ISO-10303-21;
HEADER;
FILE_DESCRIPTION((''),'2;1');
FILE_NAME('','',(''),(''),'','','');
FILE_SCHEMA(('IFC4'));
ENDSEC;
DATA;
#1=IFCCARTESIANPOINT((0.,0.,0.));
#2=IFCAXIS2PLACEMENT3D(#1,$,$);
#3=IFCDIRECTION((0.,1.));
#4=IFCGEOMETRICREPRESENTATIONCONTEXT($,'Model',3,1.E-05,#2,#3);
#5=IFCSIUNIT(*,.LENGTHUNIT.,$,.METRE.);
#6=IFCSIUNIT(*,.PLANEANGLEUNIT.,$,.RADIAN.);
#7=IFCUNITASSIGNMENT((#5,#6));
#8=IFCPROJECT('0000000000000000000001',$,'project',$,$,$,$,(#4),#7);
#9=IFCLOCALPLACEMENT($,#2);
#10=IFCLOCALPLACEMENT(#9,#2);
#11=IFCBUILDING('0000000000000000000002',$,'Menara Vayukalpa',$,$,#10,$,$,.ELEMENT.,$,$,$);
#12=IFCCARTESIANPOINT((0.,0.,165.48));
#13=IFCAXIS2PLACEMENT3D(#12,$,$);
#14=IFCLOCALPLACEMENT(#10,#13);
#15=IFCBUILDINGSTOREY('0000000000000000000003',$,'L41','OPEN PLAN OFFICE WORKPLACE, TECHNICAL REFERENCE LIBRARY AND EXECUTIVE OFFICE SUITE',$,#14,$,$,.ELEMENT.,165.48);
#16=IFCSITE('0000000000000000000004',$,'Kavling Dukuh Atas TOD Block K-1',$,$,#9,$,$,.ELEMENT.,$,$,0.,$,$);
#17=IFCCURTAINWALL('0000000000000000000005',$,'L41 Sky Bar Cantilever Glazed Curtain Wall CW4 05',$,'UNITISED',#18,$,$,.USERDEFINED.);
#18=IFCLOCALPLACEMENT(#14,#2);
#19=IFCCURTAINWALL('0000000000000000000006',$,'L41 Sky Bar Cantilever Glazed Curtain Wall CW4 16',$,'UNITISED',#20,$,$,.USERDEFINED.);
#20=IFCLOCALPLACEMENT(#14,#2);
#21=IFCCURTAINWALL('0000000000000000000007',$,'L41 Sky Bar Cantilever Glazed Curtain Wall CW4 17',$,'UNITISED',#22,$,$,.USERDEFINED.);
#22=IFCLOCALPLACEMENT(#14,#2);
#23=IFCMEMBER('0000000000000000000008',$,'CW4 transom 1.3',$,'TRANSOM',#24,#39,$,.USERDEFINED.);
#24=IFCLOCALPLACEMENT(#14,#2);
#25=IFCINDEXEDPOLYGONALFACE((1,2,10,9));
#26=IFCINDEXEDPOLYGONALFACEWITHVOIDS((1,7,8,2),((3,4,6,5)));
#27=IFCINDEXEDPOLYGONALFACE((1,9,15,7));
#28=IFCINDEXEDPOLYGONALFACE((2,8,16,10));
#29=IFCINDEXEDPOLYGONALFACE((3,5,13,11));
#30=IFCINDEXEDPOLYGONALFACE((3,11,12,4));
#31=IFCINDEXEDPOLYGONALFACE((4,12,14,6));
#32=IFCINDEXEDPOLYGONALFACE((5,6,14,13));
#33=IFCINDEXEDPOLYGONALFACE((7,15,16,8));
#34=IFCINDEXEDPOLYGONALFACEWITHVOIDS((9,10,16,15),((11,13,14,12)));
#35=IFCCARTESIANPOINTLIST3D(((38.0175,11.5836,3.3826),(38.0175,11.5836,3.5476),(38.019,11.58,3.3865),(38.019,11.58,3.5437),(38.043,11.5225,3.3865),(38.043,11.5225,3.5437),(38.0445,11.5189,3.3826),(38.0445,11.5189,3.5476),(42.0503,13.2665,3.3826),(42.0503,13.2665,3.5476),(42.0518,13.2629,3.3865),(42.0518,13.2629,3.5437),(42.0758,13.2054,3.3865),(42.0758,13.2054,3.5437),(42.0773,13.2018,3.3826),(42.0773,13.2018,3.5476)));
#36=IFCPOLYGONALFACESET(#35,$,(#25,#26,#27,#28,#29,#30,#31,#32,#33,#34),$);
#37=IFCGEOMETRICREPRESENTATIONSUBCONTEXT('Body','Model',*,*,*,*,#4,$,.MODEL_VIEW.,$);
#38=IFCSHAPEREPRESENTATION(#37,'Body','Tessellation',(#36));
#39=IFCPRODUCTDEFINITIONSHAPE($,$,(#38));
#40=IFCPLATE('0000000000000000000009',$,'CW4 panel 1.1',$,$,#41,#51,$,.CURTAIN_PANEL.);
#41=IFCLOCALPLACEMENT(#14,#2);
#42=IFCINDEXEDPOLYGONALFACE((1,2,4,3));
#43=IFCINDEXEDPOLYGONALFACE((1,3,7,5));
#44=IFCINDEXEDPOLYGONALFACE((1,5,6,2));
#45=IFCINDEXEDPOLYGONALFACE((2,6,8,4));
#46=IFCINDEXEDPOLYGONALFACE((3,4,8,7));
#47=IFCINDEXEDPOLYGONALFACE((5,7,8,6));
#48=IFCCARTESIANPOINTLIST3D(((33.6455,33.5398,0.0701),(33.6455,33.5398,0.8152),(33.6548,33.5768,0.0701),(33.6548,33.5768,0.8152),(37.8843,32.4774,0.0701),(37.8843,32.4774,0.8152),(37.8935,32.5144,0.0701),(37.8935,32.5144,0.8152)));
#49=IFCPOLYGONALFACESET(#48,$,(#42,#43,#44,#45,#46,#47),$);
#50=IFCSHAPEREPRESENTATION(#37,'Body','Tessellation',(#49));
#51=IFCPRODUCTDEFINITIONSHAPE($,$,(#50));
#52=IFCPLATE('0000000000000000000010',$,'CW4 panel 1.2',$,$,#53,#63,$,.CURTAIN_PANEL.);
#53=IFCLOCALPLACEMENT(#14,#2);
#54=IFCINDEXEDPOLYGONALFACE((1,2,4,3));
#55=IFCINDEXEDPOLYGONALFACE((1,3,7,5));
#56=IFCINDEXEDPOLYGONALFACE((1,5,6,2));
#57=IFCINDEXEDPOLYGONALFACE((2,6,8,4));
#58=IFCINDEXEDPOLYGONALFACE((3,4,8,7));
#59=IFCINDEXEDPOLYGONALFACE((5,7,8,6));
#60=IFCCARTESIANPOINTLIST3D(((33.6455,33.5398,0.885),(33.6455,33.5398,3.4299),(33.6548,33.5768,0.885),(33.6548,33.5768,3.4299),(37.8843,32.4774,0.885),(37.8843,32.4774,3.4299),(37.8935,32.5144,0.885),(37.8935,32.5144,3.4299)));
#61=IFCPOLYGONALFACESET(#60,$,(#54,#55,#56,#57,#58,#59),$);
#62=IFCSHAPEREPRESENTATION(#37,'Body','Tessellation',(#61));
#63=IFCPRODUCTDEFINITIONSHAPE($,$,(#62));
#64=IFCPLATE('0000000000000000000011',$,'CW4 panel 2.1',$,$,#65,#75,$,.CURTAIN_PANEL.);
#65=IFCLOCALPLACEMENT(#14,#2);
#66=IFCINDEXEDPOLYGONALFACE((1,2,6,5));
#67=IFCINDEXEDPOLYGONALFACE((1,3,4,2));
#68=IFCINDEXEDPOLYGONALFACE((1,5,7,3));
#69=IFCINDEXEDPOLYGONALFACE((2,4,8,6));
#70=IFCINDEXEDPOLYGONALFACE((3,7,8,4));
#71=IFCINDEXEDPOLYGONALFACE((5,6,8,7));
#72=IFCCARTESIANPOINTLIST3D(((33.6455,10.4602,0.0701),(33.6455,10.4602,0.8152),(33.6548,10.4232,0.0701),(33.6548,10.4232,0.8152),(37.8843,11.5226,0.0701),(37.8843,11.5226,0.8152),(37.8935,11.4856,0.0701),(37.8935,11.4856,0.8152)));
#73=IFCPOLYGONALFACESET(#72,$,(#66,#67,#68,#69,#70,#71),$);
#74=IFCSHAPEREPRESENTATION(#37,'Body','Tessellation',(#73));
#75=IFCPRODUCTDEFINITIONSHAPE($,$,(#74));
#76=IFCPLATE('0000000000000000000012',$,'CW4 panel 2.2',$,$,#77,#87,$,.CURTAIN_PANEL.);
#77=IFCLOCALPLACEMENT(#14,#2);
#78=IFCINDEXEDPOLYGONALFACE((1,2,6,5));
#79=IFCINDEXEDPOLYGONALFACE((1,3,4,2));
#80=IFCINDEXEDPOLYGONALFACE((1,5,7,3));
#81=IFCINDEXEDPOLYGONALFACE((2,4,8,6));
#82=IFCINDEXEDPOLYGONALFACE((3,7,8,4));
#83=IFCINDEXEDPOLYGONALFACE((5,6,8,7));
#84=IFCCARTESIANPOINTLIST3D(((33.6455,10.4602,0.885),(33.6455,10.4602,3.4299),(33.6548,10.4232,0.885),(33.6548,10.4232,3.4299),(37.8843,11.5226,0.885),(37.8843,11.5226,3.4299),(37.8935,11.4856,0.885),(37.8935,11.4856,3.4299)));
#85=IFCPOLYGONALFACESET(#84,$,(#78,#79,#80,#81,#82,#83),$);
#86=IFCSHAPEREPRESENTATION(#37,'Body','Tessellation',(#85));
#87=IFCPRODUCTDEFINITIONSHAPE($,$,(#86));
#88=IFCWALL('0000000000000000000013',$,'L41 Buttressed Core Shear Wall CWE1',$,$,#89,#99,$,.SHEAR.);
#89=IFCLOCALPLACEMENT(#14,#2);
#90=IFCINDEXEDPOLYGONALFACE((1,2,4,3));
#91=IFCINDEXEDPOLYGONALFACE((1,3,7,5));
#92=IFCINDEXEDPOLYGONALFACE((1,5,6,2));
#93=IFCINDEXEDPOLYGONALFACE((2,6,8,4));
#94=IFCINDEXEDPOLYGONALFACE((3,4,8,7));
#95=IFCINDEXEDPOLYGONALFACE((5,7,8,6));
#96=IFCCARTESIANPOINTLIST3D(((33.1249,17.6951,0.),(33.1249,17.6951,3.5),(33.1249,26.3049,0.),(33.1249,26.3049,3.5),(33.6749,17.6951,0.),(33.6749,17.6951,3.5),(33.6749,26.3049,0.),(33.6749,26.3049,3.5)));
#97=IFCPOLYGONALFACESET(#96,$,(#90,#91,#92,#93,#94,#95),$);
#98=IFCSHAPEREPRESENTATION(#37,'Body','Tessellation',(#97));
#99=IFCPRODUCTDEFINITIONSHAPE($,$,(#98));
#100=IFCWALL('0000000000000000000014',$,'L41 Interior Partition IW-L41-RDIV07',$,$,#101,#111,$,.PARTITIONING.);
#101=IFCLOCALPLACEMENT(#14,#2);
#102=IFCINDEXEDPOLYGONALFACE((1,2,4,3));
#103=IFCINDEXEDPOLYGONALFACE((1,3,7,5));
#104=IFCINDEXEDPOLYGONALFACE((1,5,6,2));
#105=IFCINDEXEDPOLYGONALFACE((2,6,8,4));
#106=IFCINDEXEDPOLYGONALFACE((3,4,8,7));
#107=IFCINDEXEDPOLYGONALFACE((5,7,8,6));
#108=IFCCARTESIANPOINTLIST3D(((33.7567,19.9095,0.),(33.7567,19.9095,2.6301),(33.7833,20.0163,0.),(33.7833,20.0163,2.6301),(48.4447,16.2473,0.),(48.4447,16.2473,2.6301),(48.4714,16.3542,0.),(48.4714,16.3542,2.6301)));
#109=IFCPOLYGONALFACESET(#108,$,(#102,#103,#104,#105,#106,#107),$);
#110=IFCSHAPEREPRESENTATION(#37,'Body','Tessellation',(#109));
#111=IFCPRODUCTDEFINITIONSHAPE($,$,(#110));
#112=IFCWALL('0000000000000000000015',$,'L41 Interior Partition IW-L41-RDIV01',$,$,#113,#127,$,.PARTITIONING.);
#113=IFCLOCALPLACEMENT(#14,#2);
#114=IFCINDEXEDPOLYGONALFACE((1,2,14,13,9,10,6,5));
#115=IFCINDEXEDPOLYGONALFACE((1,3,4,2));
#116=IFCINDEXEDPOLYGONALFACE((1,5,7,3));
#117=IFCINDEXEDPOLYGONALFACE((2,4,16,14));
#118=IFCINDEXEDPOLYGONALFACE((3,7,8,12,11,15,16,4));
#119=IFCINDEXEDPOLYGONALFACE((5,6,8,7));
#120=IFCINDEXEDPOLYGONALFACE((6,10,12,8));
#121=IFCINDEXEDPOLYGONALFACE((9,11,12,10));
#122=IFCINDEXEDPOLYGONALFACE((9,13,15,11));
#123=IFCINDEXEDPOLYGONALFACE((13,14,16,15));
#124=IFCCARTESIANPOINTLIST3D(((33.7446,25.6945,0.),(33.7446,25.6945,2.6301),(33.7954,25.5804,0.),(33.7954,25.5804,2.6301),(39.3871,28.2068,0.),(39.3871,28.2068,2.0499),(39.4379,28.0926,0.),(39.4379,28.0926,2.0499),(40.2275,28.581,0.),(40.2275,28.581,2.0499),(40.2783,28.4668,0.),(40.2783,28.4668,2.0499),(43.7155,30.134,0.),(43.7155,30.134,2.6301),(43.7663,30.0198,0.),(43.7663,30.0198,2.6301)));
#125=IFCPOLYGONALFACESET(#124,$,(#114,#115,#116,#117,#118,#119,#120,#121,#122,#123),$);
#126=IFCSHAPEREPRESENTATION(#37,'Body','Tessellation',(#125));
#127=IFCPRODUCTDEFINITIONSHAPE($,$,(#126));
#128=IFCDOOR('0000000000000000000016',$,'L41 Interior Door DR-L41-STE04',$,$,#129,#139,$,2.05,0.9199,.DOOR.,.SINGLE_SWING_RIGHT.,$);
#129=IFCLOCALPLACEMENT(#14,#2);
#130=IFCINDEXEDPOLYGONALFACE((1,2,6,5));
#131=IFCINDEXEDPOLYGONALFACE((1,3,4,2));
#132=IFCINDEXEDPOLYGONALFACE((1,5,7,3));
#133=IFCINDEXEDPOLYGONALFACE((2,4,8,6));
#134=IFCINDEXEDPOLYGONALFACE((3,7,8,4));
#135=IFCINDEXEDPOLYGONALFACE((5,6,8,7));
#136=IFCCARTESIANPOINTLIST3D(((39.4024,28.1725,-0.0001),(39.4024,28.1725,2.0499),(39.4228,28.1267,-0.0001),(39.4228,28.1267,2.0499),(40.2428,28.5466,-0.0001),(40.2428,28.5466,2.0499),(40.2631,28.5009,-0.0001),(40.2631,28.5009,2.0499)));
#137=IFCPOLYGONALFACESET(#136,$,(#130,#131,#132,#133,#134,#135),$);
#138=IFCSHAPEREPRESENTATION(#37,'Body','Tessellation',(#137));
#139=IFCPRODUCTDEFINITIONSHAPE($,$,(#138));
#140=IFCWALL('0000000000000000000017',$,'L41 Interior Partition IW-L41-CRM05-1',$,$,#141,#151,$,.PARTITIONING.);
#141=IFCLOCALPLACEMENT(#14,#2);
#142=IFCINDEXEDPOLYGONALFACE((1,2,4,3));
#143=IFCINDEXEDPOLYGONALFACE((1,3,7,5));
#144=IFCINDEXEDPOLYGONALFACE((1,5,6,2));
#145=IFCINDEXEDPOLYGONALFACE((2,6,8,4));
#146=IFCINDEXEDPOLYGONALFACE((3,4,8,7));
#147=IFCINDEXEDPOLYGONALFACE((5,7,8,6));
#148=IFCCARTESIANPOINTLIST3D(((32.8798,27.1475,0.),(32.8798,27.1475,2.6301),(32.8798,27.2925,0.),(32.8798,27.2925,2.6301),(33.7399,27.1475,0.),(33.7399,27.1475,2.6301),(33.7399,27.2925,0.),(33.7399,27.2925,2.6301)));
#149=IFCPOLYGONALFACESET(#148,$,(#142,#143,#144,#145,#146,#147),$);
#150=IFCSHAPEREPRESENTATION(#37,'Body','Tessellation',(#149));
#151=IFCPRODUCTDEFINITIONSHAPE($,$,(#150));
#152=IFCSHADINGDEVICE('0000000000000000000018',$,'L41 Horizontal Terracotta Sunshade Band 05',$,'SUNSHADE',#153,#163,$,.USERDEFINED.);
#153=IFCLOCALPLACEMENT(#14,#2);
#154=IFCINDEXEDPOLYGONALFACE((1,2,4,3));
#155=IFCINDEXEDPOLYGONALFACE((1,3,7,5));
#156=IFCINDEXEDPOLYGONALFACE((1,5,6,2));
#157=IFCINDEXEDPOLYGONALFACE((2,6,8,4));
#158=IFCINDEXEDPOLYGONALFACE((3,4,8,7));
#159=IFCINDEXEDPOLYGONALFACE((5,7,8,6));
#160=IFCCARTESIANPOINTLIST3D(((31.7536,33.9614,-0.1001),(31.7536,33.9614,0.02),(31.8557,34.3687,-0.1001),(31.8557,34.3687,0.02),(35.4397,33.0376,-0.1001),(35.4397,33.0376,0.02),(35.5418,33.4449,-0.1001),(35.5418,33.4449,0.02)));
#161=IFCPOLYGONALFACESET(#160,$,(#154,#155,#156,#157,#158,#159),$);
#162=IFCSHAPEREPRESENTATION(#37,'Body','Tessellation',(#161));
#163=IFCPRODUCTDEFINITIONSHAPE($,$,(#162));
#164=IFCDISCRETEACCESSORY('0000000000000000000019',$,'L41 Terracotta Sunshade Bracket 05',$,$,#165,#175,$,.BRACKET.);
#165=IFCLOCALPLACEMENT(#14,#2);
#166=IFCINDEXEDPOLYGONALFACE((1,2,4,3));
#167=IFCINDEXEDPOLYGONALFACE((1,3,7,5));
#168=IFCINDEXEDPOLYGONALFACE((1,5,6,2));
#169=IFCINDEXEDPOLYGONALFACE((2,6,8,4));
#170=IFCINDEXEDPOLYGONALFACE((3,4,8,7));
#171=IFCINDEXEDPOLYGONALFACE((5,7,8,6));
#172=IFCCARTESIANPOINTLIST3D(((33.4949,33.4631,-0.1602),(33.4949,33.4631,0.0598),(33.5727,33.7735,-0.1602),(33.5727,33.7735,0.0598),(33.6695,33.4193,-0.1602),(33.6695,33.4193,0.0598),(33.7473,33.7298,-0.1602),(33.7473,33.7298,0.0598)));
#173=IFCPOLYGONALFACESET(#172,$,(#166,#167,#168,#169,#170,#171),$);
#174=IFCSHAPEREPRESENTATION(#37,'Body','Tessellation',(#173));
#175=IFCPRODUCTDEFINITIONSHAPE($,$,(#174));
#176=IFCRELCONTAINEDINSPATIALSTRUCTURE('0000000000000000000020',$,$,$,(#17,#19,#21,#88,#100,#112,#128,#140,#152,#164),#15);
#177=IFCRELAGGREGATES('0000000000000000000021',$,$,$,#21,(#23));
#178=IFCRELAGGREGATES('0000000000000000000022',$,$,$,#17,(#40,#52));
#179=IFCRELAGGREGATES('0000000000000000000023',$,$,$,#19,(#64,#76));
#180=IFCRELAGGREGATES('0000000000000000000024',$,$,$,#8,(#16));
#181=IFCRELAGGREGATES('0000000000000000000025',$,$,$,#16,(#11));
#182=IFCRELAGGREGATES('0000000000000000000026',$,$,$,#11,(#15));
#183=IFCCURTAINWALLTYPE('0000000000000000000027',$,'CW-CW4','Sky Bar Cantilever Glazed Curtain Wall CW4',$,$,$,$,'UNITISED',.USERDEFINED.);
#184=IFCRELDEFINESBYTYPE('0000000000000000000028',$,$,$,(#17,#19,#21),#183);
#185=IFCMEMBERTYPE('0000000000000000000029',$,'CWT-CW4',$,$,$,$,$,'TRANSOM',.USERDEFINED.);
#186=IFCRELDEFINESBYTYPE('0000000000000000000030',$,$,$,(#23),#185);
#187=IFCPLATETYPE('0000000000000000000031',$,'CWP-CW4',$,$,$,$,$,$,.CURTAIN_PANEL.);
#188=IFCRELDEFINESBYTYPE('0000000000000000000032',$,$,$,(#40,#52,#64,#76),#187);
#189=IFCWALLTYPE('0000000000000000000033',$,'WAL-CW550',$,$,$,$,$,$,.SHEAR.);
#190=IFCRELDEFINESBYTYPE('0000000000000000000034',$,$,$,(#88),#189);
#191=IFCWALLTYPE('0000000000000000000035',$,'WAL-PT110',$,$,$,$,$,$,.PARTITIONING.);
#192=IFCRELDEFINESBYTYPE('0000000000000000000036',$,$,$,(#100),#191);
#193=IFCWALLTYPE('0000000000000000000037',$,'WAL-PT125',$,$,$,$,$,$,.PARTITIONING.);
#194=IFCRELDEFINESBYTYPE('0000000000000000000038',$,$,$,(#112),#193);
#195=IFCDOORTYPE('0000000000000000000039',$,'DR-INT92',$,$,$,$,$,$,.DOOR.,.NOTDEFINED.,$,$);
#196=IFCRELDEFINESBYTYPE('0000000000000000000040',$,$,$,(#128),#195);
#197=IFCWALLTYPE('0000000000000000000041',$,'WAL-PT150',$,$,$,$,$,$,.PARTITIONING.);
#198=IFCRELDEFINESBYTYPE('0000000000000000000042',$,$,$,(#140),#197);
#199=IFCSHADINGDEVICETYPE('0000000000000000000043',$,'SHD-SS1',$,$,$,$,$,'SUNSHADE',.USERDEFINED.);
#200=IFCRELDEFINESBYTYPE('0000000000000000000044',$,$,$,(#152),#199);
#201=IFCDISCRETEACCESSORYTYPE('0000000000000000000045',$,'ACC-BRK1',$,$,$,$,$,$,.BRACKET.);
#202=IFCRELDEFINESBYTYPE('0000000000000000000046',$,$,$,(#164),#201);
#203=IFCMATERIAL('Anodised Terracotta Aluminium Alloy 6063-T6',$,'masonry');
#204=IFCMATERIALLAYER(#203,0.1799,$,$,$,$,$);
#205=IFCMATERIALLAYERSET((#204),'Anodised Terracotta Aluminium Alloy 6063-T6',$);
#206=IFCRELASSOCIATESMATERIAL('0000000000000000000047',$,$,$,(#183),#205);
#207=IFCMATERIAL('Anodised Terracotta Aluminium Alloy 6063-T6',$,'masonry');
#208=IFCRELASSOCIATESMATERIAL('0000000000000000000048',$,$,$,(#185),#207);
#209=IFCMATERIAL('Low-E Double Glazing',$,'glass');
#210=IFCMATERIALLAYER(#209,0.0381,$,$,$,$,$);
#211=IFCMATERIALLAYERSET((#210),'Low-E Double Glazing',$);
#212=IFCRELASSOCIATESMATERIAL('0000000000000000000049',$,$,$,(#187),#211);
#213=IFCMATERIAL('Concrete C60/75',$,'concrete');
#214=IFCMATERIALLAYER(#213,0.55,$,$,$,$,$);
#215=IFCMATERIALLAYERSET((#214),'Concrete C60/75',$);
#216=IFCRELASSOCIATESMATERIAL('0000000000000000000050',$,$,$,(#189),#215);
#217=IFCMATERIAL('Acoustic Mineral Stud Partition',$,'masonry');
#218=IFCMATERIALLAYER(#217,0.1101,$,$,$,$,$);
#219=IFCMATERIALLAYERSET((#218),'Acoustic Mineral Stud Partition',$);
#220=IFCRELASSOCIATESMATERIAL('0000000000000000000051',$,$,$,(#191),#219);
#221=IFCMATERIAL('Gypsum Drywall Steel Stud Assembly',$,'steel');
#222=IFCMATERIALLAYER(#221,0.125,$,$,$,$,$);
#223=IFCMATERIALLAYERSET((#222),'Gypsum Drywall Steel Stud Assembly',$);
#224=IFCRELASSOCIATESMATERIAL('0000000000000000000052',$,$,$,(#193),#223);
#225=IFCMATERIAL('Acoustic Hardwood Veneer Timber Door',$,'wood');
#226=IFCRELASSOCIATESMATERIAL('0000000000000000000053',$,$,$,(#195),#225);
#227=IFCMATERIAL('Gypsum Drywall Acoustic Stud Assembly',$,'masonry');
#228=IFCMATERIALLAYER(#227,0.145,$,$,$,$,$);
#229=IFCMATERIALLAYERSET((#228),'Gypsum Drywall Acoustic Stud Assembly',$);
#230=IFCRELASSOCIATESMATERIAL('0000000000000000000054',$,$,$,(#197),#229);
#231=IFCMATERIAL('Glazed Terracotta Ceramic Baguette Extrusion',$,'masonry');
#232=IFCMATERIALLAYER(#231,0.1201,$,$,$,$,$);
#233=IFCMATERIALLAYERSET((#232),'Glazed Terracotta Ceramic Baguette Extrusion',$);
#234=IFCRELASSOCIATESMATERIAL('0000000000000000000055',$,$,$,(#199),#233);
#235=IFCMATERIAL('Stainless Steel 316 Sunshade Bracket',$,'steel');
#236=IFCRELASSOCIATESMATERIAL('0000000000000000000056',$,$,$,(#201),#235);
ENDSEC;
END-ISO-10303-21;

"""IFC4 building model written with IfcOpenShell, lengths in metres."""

from ifc_helpers import new_model, si_unit, direction, frame, frame_2d, origin, origin_2d, place, context, subcontext, project, spatial, rectangle, hollow_rectangle, extrude, material, layer, layer_set, material_profile, profile_set, type_object, element, fill, aggregate, save


model = new_model("IFC4")

# Units and contexts
model_context = context("Model", 3, precision=1e-05, world=origin(), true_north=direction((0.0, 1.0)))
body_context = subcontext(model_context, "Body", "Model", "MODEL_VIEW")
ifc_project = project(units=[si_unit("LENGTHUNIT", "METRE"), si_unit("PLANEANGLEUNIT", "RADIAN")], contexts=[model_context])

# Site, building, storey
site_placement = place(None, origin())
site = spatial("IfcSite", under=ifc_project, at=site_placement, Name="Kavling Dukuh Atas TOD Block K-1", CompositionType="ELEMENT", RefElevation=0.0)
building_placement = place(site_placement, origin())
building = spatial("IfcBuilding", under=site, at=building_placement, Name="Menara Vayukalpa", CompositionType="ELEMENT")
storey_placement = place(building_placement, frame((0.0, 0.0, 165.48)))
storey = spatial("IfcBuildingStorey", under=building, at=storey_placement, Name="L41", Description="OPEN PLAN OFFICE WORKPLACE, TECHNICAL REFERENCE LIBRARY AND EXECUTIVE OFFICE SUITE", CompositionType="ELEMENT", Elevation=165.48)

# Shared definitions
ifc_material_1 = material(Name="Anodised Terracotta Aluminium Alloy 6063-T6", Category="masonry")
ifc_layer_1 = layer(ifc_material_1, 0.1799)
ifc_layer_set_1 = layer_set([ifc_layer_1], Name="Anodised Terracotta Aluminium Alloy 6063-T6")
curtain_wall_type = type_object("IfcCurtainWallType", Name="CW-CW4", Description="Sky Bar Cantilever Glazed Curtain Wall CW4", ElementType="UNITISED", PredefinedType="USERDEFINED", material=ifc_layer_set_1)

# Curtain walls
curtain_wall_1_placement = place(storey_placement, origin())
curtain_wall_1 = element("IfcCurtainWall", 1, at=curtain_wall_1_placement, inside=storey, type_object=curtain_wall_type, Name="L41 Sky Bar Cantilever Glazed Curtain Wall CW4 05", ObjectType="UNITISED", PredefinedType="USERDEFINED")
curtain_wall_2_placement = place(storey_placement, origin())
curtain_wall_2 = element("IfcCurtainWall", 2, at=curtain_wall_2_placement, inside=storey, type_object=curtain_wall_type, Name="L41 Sky Bar Cantilever Glazed Curtain Wall CW4 16", ObjectType="UNITISED", PredefinedType="USERDEFINED")

# Curtain wall
curtain_wall_3_placement = place(storey_placement, origin())
curtain_wall_3 = element("IfcCurtainWall", 3, at=curtain_wall_3_placement, inside=storey, type_object=curtain_wall_type, Name="L41 Sky Bar Cantilever Glazed Curtain Wall CW4 17", ObjectType="UNITISED", PredefinedType="USERDEFINED")

# Member
ifc_material_2 = material(Name="Anodised Terracotta Aluminium Alloy 6063-T6", Category="masonry")
ifc_material_profile_1 = material_profile(ifc_material_2, hollow_rectangle(XDim=0.0701, YDim=0.165, WallThickness=0.0039, at=origin_2d()), Name="ALU 70x165x4")
ifc_profile_set_1 = profile_set([ifc_material_profile_1], Name="Anodised Terracotta Aluminium Alloy 6063-T6")
member_type_1 = type_object("IfcMemberType", Name="CWT-CW4", ElementType="TRANSOM", PredefinedType="USERDEFINED", material=ifc_profile_set_1)
member_1_placement = place(storey_placement, frame((38.031, 11.5513, 3.4651), z_axis=(0.922869, 0.385115, 0.0), x_axis=(-0.385115, 0.922869, 0.0)))
member_1 = element("IfcMember", 4, at=member_1_placement, type_object=member_type_1, Name="CW4 transom 1.3", ObjectType="TRANSOM", PredefinedType="USERDEFINED", context=body_context, shape_type="SweptSolid", body=[
    extrude(hollow_rectangle(XDim=0.0701, YDim=0.165, WallThickness=0.0039, at=origin_2d()), origin(), (0.0, 0.0, 1.0), 4.3699),
])
aggregate(curtain_wall_3, [member_1])

# Plates
ifc_material_3 = material(Name="Low-E Double Glazing", Category="glass")
ifc_layer_2 = layer(ifc_material_3, 0.0381)
ifc_layer_set_2 = layer_set([ifc_layer_2], Name="Low-E Double Glazing")
plate_type = type_object("IfcPlateType", Name="CWP-CW4", PredefinedType="CURTAIN_PANEL", material=ifc_layer_set_2)
plate_1_placement = place(storey_placement, frame((35.7695, 33.0271, 0.0701), z_axis=(0.0, 0.0, 1.0), x_axis=(-0.969998, 0.243113, 0.0)))
plate_1 = element("IfcPlate", 5, at=plate_1_placement, type_object=plate_type, Name="CW4 panel 1.1", PredefinedType="CURTAIN_PANEL", context=body_context, shape_type="SweptSolid", body=[
    extrude(rectangle(XDim=4.3699, YDim=0.0381, at=origin_2d()), origin(), (0.0, 0.0, 1.0), 0.7451),
])
plate_2_placement = place(storey_placement, frame((35.7695, 33.0271, 0.885), z_axis=(0.0, 0.0, 1.0), x_axis=(-0.969998, 0.243113, 0.0)))
plate_2 = element("IfcPlate", 6, at=plate_2_placement, type_object=plate_type, Name="CW4 panel 1.2", PredefinedType="CURTAIN_PANEL", context=body_context, shape_type="SweptSolid", body=[
    extrude(rectangle(XDim=4.3699, YDim=0.0381, at=origin_2d()), origin(), (0.0, 0.0, 1.0), 2.5449),
])
aggregate(curtain_wall_1, [plate_1, plate_2])
plate_3_placement = place(storey_placement, frame((35.7695, 10.9729, 0.0701), z_axis=(0.0, 0.0, 1.0), x_axis=(0.969998, 0.243113, 0.0)))
plate_3 = element("IfcPlate", 7, at=plate_3_placement, type_object=plate_type, Name="CW4 panel 2.1", PredefinedType="CURTAIN_PANEL", context=body_context, shape_type="SweptSolid", body=[
    extrude(rectangle(XDim=4.3699, YDim=0.0381, at=origin_2d()), origin(), (0.0, 0.0, 1.0), 0.7451),
])
plate_4_placement = place(storey_placement, frame((35.7695, 10.9729, 0.885), z_axis=(0.0, 0.0, 1.0), x_axis=(0.969998, 0.243113, 0.0)))
plate_4 = element("IfcPlate", 8, at=plate_4_placement, type_object=plate_type, Name="CW4 panel 2.2", PredefinedType="CURTAIN_PANEL", context=body_context, shape_type="SweptSolid", body=[
    extrude(rectangle(XDim=4.3699, YDim=0.0381, at=origin_2d()), origin(), (0.0, 0.0, 1.0), 2.5449),
])
aggregate(curtain_wall_2, [plate_3, plate_4])

# Walls
ifc_material_4 = material(Name="Concrete C60/75", Category="concrete")
ifc_layer_3 = layer(ifc_material_4, 0.55)
ifc_layer_set_3 = layer_set([ifc_layer_3], Name="Concrete C60/75")
wall_type_1 = type_object("IfcWallType", Name="WAL-CW550", PredefinedType="SHEAR", material=ifc_layer_set_3)
wall_1_placement = place(storey_placement, frame((33.3999, 17.6951, 0.0), z_axis=(0.0, 0.0, 1.0), x_axis=(0.0, 1.0, 0.0)))
element("IfcWall", 9, at=wall_1_placement, inside=storey, type_object=wall_type_1, Name="L41 Buttressed Core Shear Wall CWE1", PredefinedType="SHEAR", context=body_context, shape_type="SweptSolid", body=[
    extrude(rectangle(XDim=8.6099, YDim=0.55, at=frame_2d((4.3049, 0.0))), origin(), (0.0, 0.0, 1.0), 3.5),
])
ifc_material_5 = material(Name="Acoustic Mineral Stud Partition", Category="masonry")
ifc_layer_4 = layer(ifc_material_5, 0.1101)
ifc_layer_set_4 = layer_set([ifc_layer_4], Name="Acoustic Mineral Stud Partition")
wall_type_2 = type_object("IfcWallType", Name="WAL-PT110", PredefinedType="PARTITIONING", material=ifc_layer_set_4)
wall_2_placement = place(storey_placement, frame((33.77, 19.9629, 0.0), z_axis=(0.0, 0.0, 1.0), x_axis=(0.970296, -0.241921, 0.0)))
element("IfcWall", 10, at=wall_2_placement, inside=storey, type_object=wall_type_2, Name="L41 Interior Partition IW-L41-RDIV07", PredefinedType="PARTITIONING", context=body_context, shape_type="SweptSolid", body=[
    extrude(rectangle(XDim=15.1377, YDim=0.1101, at=frame_2d((7.5688, 0.0))), origin(), (0.0, 0.0, 1.0), 2.6301),
])

# Wall, opening, door
ifc_material_6 = material(Name="Gypsum Drywall Steel Stud Assembly", Category="steel")
ifc_layer_5 = layer(ifc_material_6, 0.125)
ifc_layer_set_5 = layer_set([ifc_layer_5], Name="Gypsum Drywall Steel Stud Assembly")
wall_type_3 = type_object("IfcWallType", Name="WAL-PT125", PredefinedType="PARTITIONING", material=ifc_layer_set_5)
wall_3_placement = place(storey_placement, frame((33.77, 25.6375, 0.0), z_axis=(0.0, 0.0, 1.0), x_axis=(0.913542, 0.406744, 0.0)))
wall_3 = element("IfcWall", 11, at=wall_3_placement, inside=storey, type_object=wall_type_3, Name="L41 Interior Partition IW-L41-RDIV01", PredefinedType="PARTITIONING", context=body_context, shape_type="SweptSolid", body=[
    extrude(rectangle(XDim=10.9146, YDim=0.125, at=frame_2d((5.4573, 0.0))), origin(), (0.0, 0.0, 1.0), 2.6301),
])
opening_placement = place(wall_3_placement, frame((6.1765, 0.0, 0.0)))
opening = element("IfcOpeningElement", 12, at=opening_placement, cuts=wall_3, PredefinedType="OPENING", context=body_context, shape_type="SweptSolid", body=[
    extrude(rectangle(XDim=0.9199, YDim=2.05, at=frame_2d((0.46, 1.0249))), frame((0.0, 0.0725, 0.0), z_axis=(0.0, -1.0, 0.0), x_axis=(1.0, 0.0, 0.0)), (0.0, 0.0, 1.0), 0.145),
])
ifc_material_7 = material(Name="Acoustic Hardwood Veneer Timber Door", Category="wood")
door_type = type_object("IfcDoorType", Name="DR-INT92", OperationType="NOTDEFINED", PredefinedType="DOOR", material=ifc_material_7)
door_placement = place(opening_placement, origin())
door = element("IfcDoor", 13, at=door_placement, inside=storey, type_object=door_type, Name="L41 Interior Door DR-L41-STE04", OperationType="SINGLE_SWING_RIGHT", OverallHeight=2.05, OverallWidth=0.9199, PredefinedType="DOOR", context=body_context, shape_type="SweptSolid", body=[
    extrude(rectangle(XDim=0.9199, YDim=2.05, at=frame_2d((0.46, 1.0249))), frame((0.0, 0.0249, 0.0), z_axis=(0.0, -1.0, 0.0), x_axis=(1.0, 0.0, 0.0)), (0.0, 0.0, 1.0), 0.05),
])
fill(opening, door)

# Wall
ifc_material_8 = material(Name="Gypsum Drywall Acoustic Stud Assembly", Category="masonry")
ifc_layer_6 = layer(ifc_material_8, 0.145)
ifc_layer_set_6 = layer_set([ifc_layer_6], Name="Gypsum Drywall Acoustic Stud Assembly")
wall_type_4 = type_object("IfcWallType", Name="WAL-PT150", PredefinedType="PARTITIONING", material=ifc_layer_set_6)
wall_4_placement = place(storey_placement, frame((33.74, 27.22, 0.0), z_axis=(0.0, 0.0, 1.0), x_axis=(-1.0, 0.0, 0.0)))
element("IfcWall", 14, at=wall_4_placement, inside=storey, type_object=wall_type_4, Name="L41 Interior Partition IW-L41-CRM05-1", PredefinedType="PARTITIONING", context=body_context, shape_type="SweptSolid", body=[
    extrude(rectangle(XDim=0.8601, YDim=0.145, at=frame_2d((0.4302, 0.0))), origin(), (0.0, 0.0, 1.0), 2.6301),
])

# Shading device
ifc_material_9 = material(Name="Glazed Terracotta Ceramic Baguette Extrusion", Category="masonry")
ifc_layer_7 = layer(ifc_material_9, 0.1201)
ifc_layer_set_7 = layer_set([ifc_layer_7], Name="Glazed Terracotta Ceramic Baguette Extrusion")
shading_device_type = type_object("IfcShadingDeviceType", Name="SHD-SS1", ElementType="SUNSHADE", PredefinedType="USERDEFINED", material=ifc_layer_set_7)
shading_device_placement = place(storey_placement, frame((33.6477, 33.7031, -0.1001), z_axis=(0.0, 0.0, 1.0), x_axis=(-0.969999, 0.243107, 0.0)))
element("IfcShadingDevice", 15, at=shading_device_placement, inside=storey, type_object=shading_device_type, Name="L41 Horizontal Terracotta Sunshade Band 05", ObjectType="SUNSHADE", PredefinedType="USERDEFINED", context=body_context, shape_type="SweptSolid", body=[
    extrude(rectangle(XDim=3.8, YDim=0.4199, at=origin_2d()), origin(), (0.0, 0.0, 1.0), 0.1201),
])

# Discrete accessory
ifc_material_10 = material(Name="Stainless Steel 316 Sunshade Bracket", Category="steel")
discrete_accessory_type = type_object("IfcDiscreteAccessoryType", Name="ACC-BRK1", PredefinedType="BRACKET", material=ifc_material_10)
discrete_accessory_placement = place(storey_placement, frame((33.6211, 33.5964, -0.1602), z_axis=(0.0, 0.0, 1.0), x_axis=(-0.969999, 0.243107, 0.0)))
element("IfcDiscreteAccessory", 16, at=discrete_accessory_placement, inside=storey, type_object=discrete_accessory_type, Name="L41 Terracotta Sunshade Bracket 05", PredefinedType="BRACKET", context=body_context, shape_type="SweptSolid", body=[
    extrude(rectangle(XDim=0.1799, YDim=0.3201, at=origin_2d()), origin(), (0.0, 0.0, 1.0), 0.22),
])

save(model, "model.ifc")
